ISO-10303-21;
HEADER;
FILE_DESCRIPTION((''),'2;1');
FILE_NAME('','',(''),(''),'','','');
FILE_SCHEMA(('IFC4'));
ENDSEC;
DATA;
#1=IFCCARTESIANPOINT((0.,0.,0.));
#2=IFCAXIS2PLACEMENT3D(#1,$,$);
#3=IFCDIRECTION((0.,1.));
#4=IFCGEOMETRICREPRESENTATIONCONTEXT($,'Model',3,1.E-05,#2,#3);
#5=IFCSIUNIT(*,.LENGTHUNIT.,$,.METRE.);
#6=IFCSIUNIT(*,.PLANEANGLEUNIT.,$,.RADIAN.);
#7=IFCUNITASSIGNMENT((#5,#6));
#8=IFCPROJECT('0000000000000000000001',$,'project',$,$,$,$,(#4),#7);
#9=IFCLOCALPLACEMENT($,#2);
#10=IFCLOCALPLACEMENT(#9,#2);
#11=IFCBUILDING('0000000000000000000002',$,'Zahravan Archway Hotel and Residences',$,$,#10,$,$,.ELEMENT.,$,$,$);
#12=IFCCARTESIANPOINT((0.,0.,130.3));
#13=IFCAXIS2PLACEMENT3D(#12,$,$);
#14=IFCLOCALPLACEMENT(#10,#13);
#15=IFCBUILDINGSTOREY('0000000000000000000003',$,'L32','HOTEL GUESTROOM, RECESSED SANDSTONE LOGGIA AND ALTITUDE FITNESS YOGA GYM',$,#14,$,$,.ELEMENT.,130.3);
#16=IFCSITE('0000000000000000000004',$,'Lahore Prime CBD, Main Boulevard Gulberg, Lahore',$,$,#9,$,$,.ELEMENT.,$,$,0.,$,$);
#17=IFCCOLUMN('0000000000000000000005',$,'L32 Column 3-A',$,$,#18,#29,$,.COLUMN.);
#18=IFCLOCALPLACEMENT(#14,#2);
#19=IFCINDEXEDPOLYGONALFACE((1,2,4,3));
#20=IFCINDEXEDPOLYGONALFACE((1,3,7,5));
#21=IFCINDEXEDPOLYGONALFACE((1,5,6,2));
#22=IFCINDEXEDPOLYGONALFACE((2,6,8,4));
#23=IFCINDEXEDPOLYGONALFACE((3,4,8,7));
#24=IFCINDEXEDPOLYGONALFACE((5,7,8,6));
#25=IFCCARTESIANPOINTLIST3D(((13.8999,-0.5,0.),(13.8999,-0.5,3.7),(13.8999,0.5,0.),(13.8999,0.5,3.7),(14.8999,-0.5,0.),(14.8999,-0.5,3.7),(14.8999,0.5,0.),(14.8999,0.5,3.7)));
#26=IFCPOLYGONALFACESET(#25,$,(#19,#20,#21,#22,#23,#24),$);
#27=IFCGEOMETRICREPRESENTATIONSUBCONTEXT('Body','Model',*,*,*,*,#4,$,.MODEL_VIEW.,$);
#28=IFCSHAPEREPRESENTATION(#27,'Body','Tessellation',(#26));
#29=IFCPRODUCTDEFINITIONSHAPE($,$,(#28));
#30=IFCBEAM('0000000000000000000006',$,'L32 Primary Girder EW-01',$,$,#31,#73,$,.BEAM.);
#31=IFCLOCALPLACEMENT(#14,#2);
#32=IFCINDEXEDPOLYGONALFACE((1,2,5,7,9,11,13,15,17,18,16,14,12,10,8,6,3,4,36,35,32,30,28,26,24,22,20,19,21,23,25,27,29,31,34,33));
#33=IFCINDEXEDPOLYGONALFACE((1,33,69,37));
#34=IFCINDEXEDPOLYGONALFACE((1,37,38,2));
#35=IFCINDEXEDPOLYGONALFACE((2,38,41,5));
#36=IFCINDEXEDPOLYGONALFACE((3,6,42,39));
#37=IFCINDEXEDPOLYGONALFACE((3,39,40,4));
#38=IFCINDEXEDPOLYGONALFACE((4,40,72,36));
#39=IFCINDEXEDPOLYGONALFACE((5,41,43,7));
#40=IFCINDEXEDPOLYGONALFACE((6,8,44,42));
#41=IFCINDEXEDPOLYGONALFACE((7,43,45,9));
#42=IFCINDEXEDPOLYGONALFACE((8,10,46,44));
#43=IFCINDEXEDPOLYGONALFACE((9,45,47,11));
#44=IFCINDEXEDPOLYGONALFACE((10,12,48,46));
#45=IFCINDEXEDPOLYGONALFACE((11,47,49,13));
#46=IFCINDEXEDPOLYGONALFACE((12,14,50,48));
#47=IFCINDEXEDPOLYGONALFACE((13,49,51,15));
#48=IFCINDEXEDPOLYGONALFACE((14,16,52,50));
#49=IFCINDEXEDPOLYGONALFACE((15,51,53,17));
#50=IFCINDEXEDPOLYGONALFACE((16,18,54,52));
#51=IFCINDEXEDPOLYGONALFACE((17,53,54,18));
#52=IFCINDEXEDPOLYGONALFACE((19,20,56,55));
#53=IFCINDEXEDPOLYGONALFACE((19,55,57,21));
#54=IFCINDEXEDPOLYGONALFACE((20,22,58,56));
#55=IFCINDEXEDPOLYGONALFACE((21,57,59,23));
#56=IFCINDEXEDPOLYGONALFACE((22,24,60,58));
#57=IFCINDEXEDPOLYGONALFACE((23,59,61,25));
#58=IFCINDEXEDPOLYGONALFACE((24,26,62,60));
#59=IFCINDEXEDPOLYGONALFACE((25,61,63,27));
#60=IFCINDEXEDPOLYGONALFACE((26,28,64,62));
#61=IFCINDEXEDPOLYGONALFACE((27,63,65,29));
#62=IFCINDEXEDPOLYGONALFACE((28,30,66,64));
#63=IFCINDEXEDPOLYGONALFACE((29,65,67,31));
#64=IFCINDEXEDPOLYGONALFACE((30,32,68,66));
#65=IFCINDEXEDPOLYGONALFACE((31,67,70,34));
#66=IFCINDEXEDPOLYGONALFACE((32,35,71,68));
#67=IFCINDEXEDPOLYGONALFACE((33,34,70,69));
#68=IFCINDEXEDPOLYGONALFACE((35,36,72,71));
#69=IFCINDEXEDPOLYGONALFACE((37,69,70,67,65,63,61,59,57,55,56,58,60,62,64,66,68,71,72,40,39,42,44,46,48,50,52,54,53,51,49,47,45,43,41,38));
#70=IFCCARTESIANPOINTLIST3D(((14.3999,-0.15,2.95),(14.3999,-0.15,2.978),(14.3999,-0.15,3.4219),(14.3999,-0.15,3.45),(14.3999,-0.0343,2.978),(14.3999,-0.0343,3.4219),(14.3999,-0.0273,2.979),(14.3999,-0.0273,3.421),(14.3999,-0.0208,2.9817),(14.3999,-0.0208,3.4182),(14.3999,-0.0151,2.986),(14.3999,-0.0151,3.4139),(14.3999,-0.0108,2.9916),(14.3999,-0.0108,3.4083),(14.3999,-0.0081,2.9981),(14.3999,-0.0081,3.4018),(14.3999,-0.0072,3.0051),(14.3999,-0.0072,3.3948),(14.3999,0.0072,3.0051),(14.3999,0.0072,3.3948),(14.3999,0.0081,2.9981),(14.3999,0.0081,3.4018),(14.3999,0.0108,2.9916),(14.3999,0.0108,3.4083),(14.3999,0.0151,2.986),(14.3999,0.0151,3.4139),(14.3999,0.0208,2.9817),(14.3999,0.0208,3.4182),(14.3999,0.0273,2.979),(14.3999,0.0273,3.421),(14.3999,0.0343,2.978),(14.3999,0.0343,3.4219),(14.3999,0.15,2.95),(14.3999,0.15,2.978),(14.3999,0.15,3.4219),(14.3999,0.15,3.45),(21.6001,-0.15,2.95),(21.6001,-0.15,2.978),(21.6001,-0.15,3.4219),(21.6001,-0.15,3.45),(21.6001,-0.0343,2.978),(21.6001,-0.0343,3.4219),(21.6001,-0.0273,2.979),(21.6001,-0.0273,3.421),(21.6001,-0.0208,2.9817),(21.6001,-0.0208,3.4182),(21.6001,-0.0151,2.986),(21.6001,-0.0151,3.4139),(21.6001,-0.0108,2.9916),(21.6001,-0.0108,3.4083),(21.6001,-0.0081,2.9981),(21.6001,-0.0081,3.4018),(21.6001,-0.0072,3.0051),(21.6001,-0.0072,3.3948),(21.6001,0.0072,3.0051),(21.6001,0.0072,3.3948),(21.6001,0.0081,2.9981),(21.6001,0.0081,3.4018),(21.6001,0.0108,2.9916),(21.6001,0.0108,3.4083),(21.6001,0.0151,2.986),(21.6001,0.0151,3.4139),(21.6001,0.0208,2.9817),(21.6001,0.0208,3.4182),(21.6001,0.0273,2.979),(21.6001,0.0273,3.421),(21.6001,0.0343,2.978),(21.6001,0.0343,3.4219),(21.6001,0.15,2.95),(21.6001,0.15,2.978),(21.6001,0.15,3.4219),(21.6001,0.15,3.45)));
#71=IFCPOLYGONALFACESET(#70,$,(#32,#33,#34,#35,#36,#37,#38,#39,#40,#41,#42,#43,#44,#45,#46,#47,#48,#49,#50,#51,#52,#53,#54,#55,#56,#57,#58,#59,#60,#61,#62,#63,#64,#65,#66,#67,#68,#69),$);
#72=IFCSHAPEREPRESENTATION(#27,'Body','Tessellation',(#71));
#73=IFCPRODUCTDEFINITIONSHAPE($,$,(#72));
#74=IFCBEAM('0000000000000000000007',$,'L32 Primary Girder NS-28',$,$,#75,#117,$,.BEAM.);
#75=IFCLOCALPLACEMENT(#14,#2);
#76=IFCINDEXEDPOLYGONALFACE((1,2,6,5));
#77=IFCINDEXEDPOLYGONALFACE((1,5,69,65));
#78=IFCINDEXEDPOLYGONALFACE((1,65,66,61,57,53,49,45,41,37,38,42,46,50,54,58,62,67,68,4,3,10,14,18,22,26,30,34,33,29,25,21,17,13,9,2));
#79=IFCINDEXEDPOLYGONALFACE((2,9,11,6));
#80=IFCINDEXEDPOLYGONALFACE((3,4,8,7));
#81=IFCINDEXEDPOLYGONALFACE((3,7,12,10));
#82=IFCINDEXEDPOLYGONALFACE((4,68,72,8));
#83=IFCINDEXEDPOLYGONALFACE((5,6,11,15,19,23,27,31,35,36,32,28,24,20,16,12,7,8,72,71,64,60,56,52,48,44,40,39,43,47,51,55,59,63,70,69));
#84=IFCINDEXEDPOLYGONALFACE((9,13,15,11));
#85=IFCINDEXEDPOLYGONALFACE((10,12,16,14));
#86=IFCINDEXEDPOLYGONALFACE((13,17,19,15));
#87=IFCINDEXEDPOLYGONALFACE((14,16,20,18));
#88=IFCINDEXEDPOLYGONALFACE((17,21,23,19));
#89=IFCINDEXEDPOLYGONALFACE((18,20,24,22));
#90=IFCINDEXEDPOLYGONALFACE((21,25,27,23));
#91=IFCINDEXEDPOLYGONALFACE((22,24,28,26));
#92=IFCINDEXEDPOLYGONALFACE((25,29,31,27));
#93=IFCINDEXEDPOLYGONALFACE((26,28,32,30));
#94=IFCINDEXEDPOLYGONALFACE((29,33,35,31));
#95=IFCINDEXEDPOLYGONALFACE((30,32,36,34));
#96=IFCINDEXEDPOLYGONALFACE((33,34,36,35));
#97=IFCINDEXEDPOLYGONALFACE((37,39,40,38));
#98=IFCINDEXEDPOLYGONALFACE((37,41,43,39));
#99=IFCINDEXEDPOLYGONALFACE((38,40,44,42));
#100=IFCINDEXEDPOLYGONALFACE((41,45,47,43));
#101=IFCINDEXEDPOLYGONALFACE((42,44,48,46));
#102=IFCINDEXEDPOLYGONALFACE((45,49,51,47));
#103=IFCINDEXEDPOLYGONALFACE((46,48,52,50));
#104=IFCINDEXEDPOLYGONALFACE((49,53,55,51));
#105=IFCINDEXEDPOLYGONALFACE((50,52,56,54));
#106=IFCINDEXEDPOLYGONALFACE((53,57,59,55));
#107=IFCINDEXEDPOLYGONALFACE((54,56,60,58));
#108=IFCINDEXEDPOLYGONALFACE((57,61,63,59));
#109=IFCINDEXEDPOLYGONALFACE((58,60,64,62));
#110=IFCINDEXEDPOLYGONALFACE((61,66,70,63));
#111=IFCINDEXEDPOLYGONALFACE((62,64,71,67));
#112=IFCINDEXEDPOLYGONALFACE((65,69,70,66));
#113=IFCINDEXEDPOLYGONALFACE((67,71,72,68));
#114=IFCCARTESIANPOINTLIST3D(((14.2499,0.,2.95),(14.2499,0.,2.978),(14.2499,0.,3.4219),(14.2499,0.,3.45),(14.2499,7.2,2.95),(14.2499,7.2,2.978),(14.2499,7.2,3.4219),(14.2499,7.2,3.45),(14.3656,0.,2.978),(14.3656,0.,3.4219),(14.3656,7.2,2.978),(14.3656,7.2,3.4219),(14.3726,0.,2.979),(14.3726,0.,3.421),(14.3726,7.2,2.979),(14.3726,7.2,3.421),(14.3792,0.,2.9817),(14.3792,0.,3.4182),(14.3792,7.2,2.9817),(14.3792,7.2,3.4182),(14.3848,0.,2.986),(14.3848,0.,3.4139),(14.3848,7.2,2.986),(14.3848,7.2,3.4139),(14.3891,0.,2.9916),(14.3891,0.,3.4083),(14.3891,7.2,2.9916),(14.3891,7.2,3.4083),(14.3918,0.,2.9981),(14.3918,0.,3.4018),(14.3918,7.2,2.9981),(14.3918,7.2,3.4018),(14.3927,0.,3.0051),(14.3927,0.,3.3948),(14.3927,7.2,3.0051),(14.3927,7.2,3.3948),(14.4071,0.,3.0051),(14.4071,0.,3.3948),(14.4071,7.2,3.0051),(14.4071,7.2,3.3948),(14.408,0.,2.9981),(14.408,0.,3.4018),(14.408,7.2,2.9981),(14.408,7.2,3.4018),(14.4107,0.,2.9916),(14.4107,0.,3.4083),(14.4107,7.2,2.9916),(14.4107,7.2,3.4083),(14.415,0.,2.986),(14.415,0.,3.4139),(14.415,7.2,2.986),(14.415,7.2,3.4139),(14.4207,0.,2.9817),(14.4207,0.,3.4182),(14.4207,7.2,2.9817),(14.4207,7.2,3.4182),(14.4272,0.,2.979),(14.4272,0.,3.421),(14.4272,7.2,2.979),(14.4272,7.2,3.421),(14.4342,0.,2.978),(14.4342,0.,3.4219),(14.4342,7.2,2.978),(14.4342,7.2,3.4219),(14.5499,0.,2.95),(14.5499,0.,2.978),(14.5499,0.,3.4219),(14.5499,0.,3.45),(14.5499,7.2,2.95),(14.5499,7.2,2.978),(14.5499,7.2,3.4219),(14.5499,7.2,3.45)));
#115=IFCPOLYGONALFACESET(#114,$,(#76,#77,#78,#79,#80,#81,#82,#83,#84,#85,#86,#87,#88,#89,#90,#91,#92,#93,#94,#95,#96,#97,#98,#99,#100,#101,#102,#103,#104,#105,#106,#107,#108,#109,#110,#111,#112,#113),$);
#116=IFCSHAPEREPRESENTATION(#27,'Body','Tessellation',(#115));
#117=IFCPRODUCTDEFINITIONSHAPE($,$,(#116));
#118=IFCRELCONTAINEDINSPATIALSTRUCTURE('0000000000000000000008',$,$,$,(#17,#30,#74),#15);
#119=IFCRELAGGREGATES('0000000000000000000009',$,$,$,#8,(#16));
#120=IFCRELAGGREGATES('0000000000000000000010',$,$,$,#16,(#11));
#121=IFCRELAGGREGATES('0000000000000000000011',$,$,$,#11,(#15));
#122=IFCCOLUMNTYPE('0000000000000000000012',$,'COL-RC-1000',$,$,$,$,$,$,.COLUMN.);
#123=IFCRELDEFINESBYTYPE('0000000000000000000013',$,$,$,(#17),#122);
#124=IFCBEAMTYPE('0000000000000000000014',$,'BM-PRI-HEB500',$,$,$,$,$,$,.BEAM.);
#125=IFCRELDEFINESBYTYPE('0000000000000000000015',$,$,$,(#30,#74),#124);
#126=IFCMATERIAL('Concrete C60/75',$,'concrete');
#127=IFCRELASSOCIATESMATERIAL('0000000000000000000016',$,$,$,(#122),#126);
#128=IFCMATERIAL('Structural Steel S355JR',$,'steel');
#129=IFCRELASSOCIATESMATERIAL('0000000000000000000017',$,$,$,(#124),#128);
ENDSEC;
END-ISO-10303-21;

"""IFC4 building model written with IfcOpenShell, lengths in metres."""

from ifc_helpers import new_model, si_unit, direction, frame, origin, origin_2d, place, context, subcontext, project, spatial, rectangle, i_section, extrude, source, transform, mapped, material, material_profile, profile_set, type_object, type_shapes, element, save


model = new_model("IFC4")

# Units and contexts
model_context = context("Model", 3, precision=1e-05, world=origin(), true_north=direction((0.0, 1.0)))
body_context = subcontext(model_context, "Body", "Model", "MODEL_VIEW")
ifc_project = project(units=[si_unit("LENGTHUNIT", "METRE"), si_unit("PLANEANGLEUNIT", "RADIAN")], contexts=[model_context])

# Site, building, storey
site_placement = place(None, origin())
site = spatial("IfcSite", under=ifc_project, at=site_placement, Name="Lahore Prime CBD, Main Boulevard Gulberg, Lahore", CompositionType="ELEMENT", RefElevation=0.0)
building_placement = place(site_placement, origin())
building = spatial("IfcBuilding", under=site, at=building_placement, Name="Zahravan Archway Hotel and Residences", CompositionType="ELEMENT")
storey_placement = place(building_placement, frame((0.0, 0.0, 130.3)))
storey = spatial("IfcBuildingStorey", under=building, at=storey_placement, Name="L32", Description="HOTEL GUESTROOM, RECESSED SANDSTONE LOGGIA AND ALTITUDE FITNESS YOGA GYM", CompositionType="ELEMENT", Elevation=130.3)

# Column
ifc_material_1 = material(Name="Concrete C60/75", Category="concrete")
ifc_material_profile_1 = material_profile(ifc_material_1, rectangle(XDim=1.0, YDim=1.0, at=origin_2d()), Name="RC-COL-1000x1000", Category="concrete")
ifc_profile_set_1 = profile_set([ifc_material_profile_1], Name="Concrete C60/75")
column_type = type_object("IfcColumnType", Name="COL-RC-1000", PredefinedType="COLUMN", material=ifc_profile_set_1)
shared_shape_1 = source(origin(), body_context, "Body", "SweptSolid", [
    extrude(rectangle(XDim=1.0, YDim=1.0, at=origin_2d()), origin(), (0.0, 0.0, 1.0), 3.7),
])
type_shapes(column_type, [shared_shape_1])
column_placement = place(storey_placement, frame((14.3999, 0.0, 0.0), z_axis=(0.0, 0.0, 1.0), x_axis=(1.0, 0.0, 0.0)))
element("IfcColumn", 1, at=column_placement, inside=storey, type_object=column_type, Name="L32 Column 3-A", PredefinedType="COLUMN", context=body_context, shape_type="MappedRepresentation", body=[
    mapped(shared_shape_1, transform((0.0, 0.0, 0.0), scale=1.0)),
])

# Beams
ifc_material_2 = material(Name="Structural Steel S355JR", Category="steel")
ifc_material_profile_2 = material_profile(ifc_material_2, i_section(OverallWidth=0.3, OverallDepth=0.5, WebThickness=0.0144, FlangeThickness=0.0281, FilletRadius=0.0271, at=origin_2d()), Name="HEB 500", Category="steel")
ifc_profile_set_2 = profile_set([ifc_material_profile_2], Name="Structural Steel S355JR")
beam_type = type_object("IfcBeamType", Name="BM-PRI-HEB500", PredefinedType="BEAM", material=ifc_profile_set_2)
shared_shape_2 = source(origin(), body_context, "Body", "SweptSolid", [
    extrude(i_section(OverallWidth=0.3, OverallDepth=0.5, WebThickness=0.0144, FlangeThickness=0.0281, FilletRadius=0.0271, at=origin_2d()), origin(), (0.0, 0.0, 1.0), 7.2002),
])
type_shapes(beam_type, [shared_shape_2])
beam_1_placement = place(storey_placement, frame((14.3999, 0.0, 3.2), z_axis=(1.0, 0.0, 0.0), x_axis=(0.0, 1.0, 0.0)))
element("IfcBeam", 2, at=beam_1_placement, inside=storey, type_object=beam_type, Name="L32 Primary Girder EW-01", PredefinedType="BEAM", context=body_context, shape_type="MappedRepresentation", body=[
    mapped(shared_shape_2, transform((0.0, 0.0, 0.0), scale=1.0)),
])
shared_shape_3 = source(origin(), body_context, "Body", "SweptSolid", [
    extrude(i_section(OverallWidth=0.3, OverallDepth=0.5, WebThickness=0.0144, FlangeThickness=0.0281, FilletRadius=0.0271, at=origin_2d()), origin(), (0.0, 0.0, 1.0), 7.2),
])
beam_2_placement = place(storey_placement, frame((14.3999, 0.0, 3.2), z_axis=(0.0, 1.0, 0.0), x_axis=(-1.0, 0.0, 0.0)))
element("IfcBeam", 3, at=beam_2_placement, inside=storey, type_object=beam_type, Name="L32 Primary Girder NS-28", PredefinedType="BEAM", context=body_context, shape_type="MappedRepresentation", body=[
    mapped(shared_shape_3, transform((0.0, 0.0, 0.0), scale=1.0)),
])

save(model, "model.ifc")
